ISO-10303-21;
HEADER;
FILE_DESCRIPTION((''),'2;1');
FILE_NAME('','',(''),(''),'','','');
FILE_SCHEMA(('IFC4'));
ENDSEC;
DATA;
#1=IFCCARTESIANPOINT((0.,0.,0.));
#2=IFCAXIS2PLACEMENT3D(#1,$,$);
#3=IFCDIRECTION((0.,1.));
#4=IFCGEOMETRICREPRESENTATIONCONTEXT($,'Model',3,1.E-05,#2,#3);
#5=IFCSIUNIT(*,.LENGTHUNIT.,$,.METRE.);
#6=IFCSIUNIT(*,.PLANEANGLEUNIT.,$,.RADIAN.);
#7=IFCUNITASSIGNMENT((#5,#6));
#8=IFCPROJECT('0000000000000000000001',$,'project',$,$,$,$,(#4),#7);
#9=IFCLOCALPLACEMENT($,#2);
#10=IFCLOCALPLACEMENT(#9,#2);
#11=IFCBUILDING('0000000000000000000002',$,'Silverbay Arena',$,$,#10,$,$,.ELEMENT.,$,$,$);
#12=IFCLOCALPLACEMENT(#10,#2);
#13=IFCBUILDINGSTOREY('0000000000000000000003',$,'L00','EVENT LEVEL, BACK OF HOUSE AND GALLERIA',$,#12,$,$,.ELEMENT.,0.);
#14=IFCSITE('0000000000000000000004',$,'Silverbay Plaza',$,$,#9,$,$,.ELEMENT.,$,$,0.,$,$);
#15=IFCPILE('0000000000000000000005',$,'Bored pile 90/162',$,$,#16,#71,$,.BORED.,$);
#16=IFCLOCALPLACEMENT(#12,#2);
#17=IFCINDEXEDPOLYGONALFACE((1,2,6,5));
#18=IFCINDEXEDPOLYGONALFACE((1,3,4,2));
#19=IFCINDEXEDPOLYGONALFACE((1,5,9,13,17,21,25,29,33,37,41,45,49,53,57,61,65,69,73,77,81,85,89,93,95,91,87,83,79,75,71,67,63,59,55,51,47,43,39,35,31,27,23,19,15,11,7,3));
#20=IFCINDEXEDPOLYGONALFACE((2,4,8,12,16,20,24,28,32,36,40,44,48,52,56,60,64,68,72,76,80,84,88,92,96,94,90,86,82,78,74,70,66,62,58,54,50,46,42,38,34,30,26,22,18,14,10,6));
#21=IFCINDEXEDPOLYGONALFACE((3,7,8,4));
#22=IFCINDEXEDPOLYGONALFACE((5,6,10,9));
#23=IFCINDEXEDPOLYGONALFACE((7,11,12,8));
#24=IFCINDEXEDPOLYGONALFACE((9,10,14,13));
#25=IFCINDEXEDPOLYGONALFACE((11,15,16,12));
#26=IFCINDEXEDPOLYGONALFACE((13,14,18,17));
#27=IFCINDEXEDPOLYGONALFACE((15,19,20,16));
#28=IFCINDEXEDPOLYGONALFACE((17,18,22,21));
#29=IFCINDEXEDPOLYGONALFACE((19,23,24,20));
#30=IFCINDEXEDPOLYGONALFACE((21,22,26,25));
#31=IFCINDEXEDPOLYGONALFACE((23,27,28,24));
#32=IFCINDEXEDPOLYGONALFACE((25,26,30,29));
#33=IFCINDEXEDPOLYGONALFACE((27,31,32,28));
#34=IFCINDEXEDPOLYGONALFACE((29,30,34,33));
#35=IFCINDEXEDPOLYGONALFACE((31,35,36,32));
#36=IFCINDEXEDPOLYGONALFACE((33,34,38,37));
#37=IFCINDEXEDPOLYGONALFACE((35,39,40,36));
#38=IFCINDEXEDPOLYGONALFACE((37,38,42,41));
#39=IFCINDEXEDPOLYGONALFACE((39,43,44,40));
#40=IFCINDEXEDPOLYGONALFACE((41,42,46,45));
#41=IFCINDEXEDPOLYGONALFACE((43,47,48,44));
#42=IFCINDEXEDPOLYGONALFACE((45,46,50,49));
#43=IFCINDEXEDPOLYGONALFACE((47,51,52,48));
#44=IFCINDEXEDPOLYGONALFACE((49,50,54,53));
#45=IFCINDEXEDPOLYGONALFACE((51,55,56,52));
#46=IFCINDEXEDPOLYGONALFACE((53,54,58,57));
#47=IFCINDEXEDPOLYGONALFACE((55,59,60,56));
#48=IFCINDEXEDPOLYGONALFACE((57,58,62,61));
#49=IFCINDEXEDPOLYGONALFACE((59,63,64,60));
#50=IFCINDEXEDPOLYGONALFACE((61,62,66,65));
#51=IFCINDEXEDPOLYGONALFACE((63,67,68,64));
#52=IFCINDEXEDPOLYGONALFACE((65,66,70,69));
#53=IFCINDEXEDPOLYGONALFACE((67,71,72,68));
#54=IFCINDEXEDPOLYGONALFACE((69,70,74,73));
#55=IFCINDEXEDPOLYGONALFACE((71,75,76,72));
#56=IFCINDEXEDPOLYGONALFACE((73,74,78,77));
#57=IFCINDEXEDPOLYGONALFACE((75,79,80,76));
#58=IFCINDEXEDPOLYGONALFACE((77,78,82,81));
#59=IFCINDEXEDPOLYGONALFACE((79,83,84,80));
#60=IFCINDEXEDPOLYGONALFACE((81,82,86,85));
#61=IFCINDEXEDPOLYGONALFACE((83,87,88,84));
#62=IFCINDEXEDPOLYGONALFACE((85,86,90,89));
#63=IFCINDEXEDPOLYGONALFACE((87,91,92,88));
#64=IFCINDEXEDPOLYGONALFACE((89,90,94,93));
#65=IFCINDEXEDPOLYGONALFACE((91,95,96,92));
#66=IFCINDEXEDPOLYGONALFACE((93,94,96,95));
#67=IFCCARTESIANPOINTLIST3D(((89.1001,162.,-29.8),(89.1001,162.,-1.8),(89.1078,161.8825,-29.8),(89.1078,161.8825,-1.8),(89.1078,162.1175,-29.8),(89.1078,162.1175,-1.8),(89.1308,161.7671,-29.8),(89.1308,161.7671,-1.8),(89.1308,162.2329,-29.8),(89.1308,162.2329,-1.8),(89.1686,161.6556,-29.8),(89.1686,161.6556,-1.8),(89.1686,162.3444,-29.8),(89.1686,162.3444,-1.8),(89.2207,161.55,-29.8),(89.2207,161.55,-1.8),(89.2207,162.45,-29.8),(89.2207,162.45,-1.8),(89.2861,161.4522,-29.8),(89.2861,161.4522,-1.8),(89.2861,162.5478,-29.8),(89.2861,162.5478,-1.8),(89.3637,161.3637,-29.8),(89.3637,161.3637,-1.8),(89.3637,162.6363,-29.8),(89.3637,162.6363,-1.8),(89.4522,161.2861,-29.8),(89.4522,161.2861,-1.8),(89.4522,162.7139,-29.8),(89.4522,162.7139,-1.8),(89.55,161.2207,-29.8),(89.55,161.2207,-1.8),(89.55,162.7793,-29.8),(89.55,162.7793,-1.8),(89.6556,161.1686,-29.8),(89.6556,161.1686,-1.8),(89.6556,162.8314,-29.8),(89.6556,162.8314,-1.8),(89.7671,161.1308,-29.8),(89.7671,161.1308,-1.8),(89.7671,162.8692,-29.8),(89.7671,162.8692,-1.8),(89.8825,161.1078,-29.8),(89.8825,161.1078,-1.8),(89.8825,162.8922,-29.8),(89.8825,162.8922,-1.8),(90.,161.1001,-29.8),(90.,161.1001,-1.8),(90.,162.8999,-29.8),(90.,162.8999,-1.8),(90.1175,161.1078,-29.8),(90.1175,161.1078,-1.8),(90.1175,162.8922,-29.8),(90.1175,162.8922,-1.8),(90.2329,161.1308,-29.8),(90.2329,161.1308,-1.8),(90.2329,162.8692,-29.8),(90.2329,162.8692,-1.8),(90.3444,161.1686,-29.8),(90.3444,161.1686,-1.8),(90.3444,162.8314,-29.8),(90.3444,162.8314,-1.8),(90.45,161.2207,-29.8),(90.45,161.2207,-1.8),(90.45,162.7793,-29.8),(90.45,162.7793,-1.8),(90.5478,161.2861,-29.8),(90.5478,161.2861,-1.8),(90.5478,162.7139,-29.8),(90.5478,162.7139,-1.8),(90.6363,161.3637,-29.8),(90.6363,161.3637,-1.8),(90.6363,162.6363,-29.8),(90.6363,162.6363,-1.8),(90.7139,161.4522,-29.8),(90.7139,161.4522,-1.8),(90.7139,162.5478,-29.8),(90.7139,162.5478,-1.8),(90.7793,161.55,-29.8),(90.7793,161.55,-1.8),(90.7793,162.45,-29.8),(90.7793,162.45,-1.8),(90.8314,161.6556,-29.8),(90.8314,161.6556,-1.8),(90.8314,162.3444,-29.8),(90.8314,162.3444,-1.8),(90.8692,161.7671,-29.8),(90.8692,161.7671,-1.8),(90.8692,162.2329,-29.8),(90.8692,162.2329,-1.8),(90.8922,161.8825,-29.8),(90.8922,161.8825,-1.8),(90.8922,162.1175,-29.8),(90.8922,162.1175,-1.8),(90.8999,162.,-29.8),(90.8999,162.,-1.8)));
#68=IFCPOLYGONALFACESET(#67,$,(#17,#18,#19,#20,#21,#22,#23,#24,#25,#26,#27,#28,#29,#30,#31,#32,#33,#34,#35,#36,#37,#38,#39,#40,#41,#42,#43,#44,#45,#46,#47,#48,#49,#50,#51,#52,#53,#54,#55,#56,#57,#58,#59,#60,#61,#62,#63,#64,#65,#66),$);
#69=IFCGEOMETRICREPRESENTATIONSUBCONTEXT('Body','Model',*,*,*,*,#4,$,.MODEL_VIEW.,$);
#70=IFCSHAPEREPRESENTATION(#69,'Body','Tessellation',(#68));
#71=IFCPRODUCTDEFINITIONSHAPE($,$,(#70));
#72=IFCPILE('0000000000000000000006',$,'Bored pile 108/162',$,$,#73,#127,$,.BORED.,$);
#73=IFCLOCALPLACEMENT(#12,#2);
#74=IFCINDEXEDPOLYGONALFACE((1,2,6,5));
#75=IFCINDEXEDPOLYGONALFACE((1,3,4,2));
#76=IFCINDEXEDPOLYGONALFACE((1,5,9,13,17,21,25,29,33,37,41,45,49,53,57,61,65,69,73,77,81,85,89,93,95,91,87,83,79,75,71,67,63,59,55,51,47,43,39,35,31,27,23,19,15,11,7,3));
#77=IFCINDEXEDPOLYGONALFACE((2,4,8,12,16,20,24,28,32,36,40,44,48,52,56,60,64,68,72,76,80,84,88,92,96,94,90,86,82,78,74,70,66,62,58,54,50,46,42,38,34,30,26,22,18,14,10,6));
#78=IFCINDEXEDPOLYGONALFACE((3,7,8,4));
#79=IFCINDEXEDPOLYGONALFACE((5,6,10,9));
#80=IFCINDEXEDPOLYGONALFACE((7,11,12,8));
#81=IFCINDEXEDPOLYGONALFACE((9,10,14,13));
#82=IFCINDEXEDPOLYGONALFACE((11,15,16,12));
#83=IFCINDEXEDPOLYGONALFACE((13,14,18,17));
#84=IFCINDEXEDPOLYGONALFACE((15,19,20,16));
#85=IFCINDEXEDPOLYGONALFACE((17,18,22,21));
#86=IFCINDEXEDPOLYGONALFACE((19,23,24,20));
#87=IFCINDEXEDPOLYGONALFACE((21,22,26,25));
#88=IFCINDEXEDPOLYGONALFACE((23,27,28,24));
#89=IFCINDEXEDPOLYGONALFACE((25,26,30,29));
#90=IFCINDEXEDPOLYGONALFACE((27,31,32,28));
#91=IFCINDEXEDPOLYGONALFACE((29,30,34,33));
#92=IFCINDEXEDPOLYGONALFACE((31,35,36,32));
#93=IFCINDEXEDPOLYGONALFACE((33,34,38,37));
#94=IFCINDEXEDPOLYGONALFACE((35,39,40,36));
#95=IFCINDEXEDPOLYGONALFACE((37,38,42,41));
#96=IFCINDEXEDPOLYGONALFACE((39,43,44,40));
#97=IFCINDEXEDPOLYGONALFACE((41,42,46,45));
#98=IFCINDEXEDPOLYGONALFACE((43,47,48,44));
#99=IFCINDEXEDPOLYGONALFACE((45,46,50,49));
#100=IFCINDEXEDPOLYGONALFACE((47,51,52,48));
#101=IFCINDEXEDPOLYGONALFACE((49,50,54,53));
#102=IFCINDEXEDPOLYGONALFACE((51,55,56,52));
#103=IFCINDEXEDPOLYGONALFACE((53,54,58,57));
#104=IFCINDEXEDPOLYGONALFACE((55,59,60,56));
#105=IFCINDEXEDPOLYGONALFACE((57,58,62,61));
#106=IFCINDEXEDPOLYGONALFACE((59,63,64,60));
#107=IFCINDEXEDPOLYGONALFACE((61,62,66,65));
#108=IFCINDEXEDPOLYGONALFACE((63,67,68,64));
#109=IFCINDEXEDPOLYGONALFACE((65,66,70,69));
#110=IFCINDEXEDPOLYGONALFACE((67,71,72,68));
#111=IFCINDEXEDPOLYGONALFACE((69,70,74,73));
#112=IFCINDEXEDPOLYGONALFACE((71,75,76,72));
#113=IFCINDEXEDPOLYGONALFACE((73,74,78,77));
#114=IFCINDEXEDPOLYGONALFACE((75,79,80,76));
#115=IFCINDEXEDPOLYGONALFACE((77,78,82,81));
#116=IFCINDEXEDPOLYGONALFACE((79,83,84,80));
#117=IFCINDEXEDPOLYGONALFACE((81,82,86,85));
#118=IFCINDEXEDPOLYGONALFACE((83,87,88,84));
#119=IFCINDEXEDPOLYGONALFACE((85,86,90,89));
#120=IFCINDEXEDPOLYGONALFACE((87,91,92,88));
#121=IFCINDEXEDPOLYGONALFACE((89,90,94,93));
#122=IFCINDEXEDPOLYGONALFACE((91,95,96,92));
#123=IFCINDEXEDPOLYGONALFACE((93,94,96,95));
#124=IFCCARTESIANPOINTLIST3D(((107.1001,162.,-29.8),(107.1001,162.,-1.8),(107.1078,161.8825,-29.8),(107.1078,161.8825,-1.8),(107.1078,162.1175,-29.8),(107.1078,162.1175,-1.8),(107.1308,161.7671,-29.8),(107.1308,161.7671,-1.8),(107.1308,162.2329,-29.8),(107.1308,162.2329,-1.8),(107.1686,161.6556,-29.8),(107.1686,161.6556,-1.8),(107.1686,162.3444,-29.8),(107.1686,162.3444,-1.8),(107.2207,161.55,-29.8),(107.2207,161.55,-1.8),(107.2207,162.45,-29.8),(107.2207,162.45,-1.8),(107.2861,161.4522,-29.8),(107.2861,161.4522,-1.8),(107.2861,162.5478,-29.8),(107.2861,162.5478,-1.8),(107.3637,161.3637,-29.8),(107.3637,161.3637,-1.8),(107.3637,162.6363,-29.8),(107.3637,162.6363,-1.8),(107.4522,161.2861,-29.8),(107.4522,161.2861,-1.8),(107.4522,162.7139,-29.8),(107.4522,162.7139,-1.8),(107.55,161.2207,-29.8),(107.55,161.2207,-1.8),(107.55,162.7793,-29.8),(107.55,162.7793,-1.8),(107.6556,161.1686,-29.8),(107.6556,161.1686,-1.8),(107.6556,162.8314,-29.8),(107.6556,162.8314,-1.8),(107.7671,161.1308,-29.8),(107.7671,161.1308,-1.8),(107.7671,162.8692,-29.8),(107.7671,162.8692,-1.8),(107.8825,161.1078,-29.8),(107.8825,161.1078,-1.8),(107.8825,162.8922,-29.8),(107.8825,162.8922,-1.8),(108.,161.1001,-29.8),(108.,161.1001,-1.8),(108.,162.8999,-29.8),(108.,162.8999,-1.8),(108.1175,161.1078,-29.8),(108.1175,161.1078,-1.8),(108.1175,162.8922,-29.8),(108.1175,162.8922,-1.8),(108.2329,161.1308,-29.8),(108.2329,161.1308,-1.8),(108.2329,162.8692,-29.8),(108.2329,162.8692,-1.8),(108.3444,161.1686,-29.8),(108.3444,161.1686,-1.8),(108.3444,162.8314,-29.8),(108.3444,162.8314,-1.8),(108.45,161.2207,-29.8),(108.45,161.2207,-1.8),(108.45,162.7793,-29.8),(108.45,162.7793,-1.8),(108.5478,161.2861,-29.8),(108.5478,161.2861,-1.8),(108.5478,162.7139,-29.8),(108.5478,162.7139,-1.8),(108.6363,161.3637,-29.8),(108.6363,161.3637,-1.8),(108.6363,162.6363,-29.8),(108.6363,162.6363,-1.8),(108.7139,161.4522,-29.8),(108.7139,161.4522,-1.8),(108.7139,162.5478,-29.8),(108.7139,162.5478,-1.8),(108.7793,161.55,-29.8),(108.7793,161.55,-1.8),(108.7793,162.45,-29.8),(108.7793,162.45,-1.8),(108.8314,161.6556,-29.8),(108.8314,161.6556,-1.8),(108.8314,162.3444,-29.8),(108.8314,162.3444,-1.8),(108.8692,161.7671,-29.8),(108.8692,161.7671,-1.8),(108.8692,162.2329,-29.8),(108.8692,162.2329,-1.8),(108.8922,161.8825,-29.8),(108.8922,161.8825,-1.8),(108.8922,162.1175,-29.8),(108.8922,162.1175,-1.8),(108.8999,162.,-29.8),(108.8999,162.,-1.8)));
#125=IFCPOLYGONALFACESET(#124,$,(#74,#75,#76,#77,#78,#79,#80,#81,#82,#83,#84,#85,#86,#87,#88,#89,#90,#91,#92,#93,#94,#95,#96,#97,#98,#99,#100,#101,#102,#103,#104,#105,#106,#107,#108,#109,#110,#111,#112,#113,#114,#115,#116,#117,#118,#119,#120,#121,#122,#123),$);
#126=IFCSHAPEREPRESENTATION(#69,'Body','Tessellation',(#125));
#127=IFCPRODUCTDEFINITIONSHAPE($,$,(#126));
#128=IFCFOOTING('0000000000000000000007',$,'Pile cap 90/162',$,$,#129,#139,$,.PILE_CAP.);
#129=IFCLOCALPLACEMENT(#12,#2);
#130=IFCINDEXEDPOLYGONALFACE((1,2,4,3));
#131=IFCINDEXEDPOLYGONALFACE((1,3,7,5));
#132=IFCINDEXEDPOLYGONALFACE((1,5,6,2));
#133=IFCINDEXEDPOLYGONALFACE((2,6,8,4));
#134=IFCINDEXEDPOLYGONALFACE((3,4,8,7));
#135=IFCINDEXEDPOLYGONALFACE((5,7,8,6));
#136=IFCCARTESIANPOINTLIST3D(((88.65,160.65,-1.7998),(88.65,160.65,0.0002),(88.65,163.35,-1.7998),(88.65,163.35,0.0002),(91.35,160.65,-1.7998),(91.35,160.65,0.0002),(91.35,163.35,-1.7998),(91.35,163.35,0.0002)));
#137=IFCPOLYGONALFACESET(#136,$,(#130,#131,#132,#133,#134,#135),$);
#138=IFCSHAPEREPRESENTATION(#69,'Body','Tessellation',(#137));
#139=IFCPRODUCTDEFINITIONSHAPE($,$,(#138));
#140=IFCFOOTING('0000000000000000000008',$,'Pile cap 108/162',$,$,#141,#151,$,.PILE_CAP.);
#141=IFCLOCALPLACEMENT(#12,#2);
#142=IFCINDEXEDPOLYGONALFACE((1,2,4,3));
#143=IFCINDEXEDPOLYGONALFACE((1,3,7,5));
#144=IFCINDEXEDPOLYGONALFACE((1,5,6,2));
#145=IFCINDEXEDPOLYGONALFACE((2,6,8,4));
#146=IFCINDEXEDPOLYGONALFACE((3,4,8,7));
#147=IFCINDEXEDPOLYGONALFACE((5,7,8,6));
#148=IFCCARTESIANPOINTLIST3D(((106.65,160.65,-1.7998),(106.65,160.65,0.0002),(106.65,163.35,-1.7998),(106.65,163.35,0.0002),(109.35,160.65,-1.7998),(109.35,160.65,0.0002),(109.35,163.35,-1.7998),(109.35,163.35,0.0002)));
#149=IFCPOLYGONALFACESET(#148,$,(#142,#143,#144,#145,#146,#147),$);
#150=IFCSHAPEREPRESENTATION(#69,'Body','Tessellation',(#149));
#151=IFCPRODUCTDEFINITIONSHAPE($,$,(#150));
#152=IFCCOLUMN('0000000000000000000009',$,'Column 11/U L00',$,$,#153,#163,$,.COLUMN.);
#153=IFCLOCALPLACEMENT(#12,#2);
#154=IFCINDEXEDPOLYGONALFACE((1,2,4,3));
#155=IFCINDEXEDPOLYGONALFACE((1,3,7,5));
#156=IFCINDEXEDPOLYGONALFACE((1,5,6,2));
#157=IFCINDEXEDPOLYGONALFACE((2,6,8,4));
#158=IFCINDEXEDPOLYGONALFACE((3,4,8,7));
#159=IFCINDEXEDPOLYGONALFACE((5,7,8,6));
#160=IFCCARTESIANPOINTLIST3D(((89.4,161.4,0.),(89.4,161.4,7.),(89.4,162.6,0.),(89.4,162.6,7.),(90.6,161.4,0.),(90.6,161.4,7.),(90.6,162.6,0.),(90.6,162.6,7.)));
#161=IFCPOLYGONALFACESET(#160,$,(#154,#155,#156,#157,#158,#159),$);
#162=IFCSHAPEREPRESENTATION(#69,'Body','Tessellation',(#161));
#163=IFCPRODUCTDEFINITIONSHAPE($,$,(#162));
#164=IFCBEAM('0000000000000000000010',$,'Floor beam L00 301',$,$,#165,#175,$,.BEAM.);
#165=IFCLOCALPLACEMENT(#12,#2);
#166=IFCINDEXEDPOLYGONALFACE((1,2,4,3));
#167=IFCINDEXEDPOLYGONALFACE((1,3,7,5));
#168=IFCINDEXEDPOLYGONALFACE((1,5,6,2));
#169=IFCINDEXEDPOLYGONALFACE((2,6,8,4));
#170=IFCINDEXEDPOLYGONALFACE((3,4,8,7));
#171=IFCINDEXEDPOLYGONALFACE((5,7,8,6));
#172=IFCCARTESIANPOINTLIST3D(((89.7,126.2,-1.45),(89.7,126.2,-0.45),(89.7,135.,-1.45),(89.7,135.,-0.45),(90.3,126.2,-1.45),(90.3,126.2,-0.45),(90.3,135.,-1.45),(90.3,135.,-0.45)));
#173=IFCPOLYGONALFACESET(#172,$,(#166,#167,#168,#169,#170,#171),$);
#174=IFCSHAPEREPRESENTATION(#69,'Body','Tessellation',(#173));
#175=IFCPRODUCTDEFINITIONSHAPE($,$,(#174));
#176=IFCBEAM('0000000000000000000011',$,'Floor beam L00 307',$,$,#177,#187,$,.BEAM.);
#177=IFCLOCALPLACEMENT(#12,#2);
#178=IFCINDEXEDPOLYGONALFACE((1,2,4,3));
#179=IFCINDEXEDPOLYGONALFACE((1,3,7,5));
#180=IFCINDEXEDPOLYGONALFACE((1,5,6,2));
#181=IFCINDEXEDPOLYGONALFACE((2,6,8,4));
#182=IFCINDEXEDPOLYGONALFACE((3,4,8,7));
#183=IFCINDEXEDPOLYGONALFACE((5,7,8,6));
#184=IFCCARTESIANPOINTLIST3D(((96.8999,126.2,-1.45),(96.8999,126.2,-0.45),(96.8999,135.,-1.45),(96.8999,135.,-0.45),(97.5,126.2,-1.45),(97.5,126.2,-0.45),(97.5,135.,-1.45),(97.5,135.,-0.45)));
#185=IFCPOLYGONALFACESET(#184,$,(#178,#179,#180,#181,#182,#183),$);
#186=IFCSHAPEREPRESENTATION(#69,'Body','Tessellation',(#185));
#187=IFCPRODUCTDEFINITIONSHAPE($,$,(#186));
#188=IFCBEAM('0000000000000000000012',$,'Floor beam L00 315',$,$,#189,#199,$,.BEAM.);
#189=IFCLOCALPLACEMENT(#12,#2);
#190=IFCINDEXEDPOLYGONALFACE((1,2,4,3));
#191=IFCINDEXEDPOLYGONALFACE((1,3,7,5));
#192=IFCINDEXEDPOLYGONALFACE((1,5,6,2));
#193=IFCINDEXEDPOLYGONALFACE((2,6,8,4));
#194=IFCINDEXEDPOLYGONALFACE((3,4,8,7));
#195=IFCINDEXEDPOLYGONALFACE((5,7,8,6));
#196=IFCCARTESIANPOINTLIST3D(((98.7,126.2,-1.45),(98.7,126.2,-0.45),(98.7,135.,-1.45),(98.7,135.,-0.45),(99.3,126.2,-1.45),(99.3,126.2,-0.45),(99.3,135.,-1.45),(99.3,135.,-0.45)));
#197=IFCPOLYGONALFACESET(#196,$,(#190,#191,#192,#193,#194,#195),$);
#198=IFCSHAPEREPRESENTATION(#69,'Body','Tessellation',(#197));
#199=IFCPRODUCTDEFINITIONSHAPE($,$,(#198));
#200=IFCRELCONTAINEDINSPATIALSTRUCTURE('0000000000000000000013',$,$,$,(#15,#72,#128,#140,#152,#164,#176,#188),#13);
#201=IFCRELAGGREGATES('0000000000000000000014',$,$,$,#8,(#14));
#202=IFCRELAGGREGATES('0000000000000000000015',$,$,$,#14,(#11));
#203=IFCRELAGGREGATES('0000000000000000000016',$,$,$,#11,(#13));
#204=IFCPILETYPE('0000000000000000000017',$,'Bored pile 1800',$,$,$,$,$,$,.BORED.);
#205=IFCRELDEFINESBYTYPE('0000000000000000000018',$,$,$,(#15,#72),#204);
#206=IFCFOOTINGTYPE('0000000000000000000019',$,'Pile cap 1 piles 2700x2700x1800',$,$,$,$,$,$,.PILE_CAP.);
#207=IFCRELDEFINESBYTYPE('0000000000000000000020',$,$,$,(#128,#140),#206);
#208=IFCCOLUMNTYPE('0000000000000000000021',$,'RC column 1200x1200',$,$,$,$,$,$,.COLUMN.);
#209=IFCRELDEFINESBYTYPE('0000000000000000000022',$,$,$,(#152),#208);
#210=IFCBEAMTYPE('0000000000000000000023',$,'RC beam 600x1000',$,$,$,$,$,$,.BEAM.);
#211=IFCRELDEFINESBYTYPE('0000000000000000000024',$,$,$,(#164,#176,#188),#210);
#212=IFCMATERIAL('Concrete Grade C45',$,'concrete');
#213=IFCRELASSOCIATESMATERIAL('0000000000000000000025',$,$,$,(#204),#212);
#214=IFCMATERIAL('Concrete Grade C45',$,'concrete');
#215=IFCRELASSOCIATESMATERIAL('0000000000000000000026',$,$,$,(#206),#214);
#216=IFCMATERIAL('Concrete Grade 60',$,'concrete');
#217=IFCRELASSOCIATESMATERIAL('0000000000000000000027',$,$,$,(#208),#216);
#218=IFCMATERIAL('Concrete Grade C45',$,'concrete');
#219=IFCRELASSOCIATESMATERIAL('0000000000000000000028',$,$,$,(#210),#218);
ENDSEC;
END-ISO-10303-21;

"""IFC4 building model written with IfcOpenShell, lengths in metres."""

from ifc_helpers import new_model, si_unit, direction, frame, origin, origin_2d, place, context, subcontext, project, spatial, rectangle, circle, extrude, material, material_profile, profile_set, type_object, element, save


model = new_model("IFC4")

# Units and contexts
model_context = context("Model", 3, precision=1e-05, world=origin(), true_north=direction((0.0, 1.0)))
body_context = subcontext(model_context, "Body", "Model", "MODEL_VIEW")
ifc_project = project(units=[si_unit("LENGTHUNIT", "METRE"), si_unit("PLANEANGLEUNIT", "RADIAN")], contexts=[model_context])

# Site, building, storey
site_placement = place(None, origin())
site = spatial("IfcSite", under=ifc_project, at=site_placement, Name="Silverbay Plaza", CompositionType="ELEMENT", RefElevation=0.0)
building_placement = place(site_placement, origin())
building = spatial("IfcBuilding", under=site, at=building_placement, Name="Silverbay Arena", CompositionType="ELEMENT")
storey_placement = place(building_placement, origin())
storey = spatial("IfcBuildingStorey", under=building, at=storey_placement, Name="L00", Description="EVENT LEVEL, BACK OF HOUSE AND GALLERIA", CompositionType="ELEMENT", Elevation=0.0)

# Piles
ifc_material_1 = material(Name="Concrete Grade C45", Category="concrete")
ifc_material_profile_1 = material_profile(ifc_material_1, circle(Radius=0.8999, at=origin_2d()), Name="Bored pile 1800")
ifc_profile_set_1 = profile_set([ifc_material_profile_1], Name="Concrete Grade C45")
pile_type = type_object("IfcPileType", Name="Bored pile 1800", PredefinedType="BORED", material=ifc_profile_set_1)
for number, where, z_axis, x_axis, name in (
    (1, (90.0, 162.0, -1.8), (0.0, 0.0, -1.0), (1.0, 0.0, 0.0), "Bored pile 90/162"),
    (2, (108.0, 162.0, -1.8), (0.0, 0.0, -1.0), (1.0, 0.0, 0.0), "Bored pile 108/162"),
):
    element("IfcPile", number, at=place(storey_placement, frame(where, z_axis=z_axis, x_axis=x_axis)), inside=storey, type_object=pile_type, Name=name, PredefinedType="BORED", context=body_context, shape_type="SweptSolid", body=[
        extrude(circle(Radius=0.8999, at=origin_2d()), origin(), (0.0, 0.0, 1.0), 28.0),
    ])

# Footings
ifc_material_2 = material(Name="Concrete Grade C45", Category="concrete")
footing_type = type_object("IfcFootingType", Name="Pile cap 1 piles 2700x2700x1800", PredefinedType="PILE_CAP", material=ifc_material_2)
for number, where, z_axis, x_axis, name in (
    (3, (90.0, 162.0, -1.7998), (0.0, 0.0, 1.0), (1.0, 0.0, 0.0), "Pile cap 90/162"),
    (4, (108.0, 162.0, -1.7998), (0.0, 0.0, 1.0), (1.0, 0.0, 0.0), "Pile cap 108/162"),
):
    element("IfcFooting", number, at=place(storey_placement, frame(where, z_axis=z_axis, x_axis=x_axis)), inside=storey, type_object=footing_type, Name=name, PredefinedType="PILE_CAP", context=body_context, shape_type="SweptSolid", body=[
        extrude(rectangle(XDim=2.7, YDim=2.7, at=origin_2d()), origin(), (0.0, 0.0, 1.0), 1.8),
    ])

# Column
ifc_material_3 = material(Name="Concrete Grade 60", Category="concrete")
ifc_material_profile_2 = material_profile(ifc_material_3, rectangle(XDim=1.2, YDim=1.2, at=origin_2d()), Name="RC 1200x1200")
ifc_profile_set_2 = profile_set([ifc_material_profile_2], Name="Concrete Grade 60")
column_type = type_object("IfcColumnType", Name="RC column 1200x1200", PredefinedType="COLUMN", material=ifc_profile_set_2)
column_placement = place(storey_placement, frame((90.0, 162.0, 0.0), z_axis=(0.0, 0.0, 1.0), x_axis=(1.0, 0.0, 0.0)))
element("IfcColumn", 5, at=column_placement, inside=storey, type_object=column_type, Name="Column 11/U L00", PredefinedType="COLUMN", context=body_context, shape_type="SweptSolid", body=[
    extrude(rectangle(XDim=1.2, YDim=1.2, at=origin_2d()), origin(), (0.0, 0.0, 1.0), 7.0),
])

# Beams
ifc_material_4 = material(Name="Concrete Grade C45", Category="concrete")
ifc_material_profile_3 = material_profile(ifc_material_4, rectangle(XDim=0.6001, YDim=1.0, at=origin_2d()), Name="RC 600x1000")
ifc_profile_set_3 = profile_set([ifc_material_profile_3], Name="Concrete Grade C45")
beam_type_1 = type_object("IfcBeamType", Name="RC beam 600x1000", PredefinedType="BEAM", material=ifc_profile_set_3)
for number, where, z_axis, x_axis, name in (
    (6, (90.0, 126.2, -0.95), (0.0, 1.0, 0.0), (-1.0, 0.0, 0.0), "Floor beam L00 301"),
    (7, (97.2, 126.2, -0.95), (0.0, 1.0, 0.0), (-1.0, 0.0, 0.0), "Floor beam L00 307"),
    (8, (99.0, 126.2, -0.95), (0.0, 1.0, 0.0), (-1.0, 0.0, 0.0), "Floor beam L00 315"),
):
    element("IfcBeam", number, at=place(storey_placement, frame(where, z_axis=z_axis, x_axis=x_axis)), inside=storey, type_object=beam_type_1, Name=name, PredefinedType="BEAM", context=body_context, shape_type="SweptSolid", body=[
        extrude(rectangle(XDim=0.6001, YDim=1.0, at=origin_2d()), origin(), (0.0, 0.0, 1.0), 8.8),
    ])

save(model, "model.ifc")
